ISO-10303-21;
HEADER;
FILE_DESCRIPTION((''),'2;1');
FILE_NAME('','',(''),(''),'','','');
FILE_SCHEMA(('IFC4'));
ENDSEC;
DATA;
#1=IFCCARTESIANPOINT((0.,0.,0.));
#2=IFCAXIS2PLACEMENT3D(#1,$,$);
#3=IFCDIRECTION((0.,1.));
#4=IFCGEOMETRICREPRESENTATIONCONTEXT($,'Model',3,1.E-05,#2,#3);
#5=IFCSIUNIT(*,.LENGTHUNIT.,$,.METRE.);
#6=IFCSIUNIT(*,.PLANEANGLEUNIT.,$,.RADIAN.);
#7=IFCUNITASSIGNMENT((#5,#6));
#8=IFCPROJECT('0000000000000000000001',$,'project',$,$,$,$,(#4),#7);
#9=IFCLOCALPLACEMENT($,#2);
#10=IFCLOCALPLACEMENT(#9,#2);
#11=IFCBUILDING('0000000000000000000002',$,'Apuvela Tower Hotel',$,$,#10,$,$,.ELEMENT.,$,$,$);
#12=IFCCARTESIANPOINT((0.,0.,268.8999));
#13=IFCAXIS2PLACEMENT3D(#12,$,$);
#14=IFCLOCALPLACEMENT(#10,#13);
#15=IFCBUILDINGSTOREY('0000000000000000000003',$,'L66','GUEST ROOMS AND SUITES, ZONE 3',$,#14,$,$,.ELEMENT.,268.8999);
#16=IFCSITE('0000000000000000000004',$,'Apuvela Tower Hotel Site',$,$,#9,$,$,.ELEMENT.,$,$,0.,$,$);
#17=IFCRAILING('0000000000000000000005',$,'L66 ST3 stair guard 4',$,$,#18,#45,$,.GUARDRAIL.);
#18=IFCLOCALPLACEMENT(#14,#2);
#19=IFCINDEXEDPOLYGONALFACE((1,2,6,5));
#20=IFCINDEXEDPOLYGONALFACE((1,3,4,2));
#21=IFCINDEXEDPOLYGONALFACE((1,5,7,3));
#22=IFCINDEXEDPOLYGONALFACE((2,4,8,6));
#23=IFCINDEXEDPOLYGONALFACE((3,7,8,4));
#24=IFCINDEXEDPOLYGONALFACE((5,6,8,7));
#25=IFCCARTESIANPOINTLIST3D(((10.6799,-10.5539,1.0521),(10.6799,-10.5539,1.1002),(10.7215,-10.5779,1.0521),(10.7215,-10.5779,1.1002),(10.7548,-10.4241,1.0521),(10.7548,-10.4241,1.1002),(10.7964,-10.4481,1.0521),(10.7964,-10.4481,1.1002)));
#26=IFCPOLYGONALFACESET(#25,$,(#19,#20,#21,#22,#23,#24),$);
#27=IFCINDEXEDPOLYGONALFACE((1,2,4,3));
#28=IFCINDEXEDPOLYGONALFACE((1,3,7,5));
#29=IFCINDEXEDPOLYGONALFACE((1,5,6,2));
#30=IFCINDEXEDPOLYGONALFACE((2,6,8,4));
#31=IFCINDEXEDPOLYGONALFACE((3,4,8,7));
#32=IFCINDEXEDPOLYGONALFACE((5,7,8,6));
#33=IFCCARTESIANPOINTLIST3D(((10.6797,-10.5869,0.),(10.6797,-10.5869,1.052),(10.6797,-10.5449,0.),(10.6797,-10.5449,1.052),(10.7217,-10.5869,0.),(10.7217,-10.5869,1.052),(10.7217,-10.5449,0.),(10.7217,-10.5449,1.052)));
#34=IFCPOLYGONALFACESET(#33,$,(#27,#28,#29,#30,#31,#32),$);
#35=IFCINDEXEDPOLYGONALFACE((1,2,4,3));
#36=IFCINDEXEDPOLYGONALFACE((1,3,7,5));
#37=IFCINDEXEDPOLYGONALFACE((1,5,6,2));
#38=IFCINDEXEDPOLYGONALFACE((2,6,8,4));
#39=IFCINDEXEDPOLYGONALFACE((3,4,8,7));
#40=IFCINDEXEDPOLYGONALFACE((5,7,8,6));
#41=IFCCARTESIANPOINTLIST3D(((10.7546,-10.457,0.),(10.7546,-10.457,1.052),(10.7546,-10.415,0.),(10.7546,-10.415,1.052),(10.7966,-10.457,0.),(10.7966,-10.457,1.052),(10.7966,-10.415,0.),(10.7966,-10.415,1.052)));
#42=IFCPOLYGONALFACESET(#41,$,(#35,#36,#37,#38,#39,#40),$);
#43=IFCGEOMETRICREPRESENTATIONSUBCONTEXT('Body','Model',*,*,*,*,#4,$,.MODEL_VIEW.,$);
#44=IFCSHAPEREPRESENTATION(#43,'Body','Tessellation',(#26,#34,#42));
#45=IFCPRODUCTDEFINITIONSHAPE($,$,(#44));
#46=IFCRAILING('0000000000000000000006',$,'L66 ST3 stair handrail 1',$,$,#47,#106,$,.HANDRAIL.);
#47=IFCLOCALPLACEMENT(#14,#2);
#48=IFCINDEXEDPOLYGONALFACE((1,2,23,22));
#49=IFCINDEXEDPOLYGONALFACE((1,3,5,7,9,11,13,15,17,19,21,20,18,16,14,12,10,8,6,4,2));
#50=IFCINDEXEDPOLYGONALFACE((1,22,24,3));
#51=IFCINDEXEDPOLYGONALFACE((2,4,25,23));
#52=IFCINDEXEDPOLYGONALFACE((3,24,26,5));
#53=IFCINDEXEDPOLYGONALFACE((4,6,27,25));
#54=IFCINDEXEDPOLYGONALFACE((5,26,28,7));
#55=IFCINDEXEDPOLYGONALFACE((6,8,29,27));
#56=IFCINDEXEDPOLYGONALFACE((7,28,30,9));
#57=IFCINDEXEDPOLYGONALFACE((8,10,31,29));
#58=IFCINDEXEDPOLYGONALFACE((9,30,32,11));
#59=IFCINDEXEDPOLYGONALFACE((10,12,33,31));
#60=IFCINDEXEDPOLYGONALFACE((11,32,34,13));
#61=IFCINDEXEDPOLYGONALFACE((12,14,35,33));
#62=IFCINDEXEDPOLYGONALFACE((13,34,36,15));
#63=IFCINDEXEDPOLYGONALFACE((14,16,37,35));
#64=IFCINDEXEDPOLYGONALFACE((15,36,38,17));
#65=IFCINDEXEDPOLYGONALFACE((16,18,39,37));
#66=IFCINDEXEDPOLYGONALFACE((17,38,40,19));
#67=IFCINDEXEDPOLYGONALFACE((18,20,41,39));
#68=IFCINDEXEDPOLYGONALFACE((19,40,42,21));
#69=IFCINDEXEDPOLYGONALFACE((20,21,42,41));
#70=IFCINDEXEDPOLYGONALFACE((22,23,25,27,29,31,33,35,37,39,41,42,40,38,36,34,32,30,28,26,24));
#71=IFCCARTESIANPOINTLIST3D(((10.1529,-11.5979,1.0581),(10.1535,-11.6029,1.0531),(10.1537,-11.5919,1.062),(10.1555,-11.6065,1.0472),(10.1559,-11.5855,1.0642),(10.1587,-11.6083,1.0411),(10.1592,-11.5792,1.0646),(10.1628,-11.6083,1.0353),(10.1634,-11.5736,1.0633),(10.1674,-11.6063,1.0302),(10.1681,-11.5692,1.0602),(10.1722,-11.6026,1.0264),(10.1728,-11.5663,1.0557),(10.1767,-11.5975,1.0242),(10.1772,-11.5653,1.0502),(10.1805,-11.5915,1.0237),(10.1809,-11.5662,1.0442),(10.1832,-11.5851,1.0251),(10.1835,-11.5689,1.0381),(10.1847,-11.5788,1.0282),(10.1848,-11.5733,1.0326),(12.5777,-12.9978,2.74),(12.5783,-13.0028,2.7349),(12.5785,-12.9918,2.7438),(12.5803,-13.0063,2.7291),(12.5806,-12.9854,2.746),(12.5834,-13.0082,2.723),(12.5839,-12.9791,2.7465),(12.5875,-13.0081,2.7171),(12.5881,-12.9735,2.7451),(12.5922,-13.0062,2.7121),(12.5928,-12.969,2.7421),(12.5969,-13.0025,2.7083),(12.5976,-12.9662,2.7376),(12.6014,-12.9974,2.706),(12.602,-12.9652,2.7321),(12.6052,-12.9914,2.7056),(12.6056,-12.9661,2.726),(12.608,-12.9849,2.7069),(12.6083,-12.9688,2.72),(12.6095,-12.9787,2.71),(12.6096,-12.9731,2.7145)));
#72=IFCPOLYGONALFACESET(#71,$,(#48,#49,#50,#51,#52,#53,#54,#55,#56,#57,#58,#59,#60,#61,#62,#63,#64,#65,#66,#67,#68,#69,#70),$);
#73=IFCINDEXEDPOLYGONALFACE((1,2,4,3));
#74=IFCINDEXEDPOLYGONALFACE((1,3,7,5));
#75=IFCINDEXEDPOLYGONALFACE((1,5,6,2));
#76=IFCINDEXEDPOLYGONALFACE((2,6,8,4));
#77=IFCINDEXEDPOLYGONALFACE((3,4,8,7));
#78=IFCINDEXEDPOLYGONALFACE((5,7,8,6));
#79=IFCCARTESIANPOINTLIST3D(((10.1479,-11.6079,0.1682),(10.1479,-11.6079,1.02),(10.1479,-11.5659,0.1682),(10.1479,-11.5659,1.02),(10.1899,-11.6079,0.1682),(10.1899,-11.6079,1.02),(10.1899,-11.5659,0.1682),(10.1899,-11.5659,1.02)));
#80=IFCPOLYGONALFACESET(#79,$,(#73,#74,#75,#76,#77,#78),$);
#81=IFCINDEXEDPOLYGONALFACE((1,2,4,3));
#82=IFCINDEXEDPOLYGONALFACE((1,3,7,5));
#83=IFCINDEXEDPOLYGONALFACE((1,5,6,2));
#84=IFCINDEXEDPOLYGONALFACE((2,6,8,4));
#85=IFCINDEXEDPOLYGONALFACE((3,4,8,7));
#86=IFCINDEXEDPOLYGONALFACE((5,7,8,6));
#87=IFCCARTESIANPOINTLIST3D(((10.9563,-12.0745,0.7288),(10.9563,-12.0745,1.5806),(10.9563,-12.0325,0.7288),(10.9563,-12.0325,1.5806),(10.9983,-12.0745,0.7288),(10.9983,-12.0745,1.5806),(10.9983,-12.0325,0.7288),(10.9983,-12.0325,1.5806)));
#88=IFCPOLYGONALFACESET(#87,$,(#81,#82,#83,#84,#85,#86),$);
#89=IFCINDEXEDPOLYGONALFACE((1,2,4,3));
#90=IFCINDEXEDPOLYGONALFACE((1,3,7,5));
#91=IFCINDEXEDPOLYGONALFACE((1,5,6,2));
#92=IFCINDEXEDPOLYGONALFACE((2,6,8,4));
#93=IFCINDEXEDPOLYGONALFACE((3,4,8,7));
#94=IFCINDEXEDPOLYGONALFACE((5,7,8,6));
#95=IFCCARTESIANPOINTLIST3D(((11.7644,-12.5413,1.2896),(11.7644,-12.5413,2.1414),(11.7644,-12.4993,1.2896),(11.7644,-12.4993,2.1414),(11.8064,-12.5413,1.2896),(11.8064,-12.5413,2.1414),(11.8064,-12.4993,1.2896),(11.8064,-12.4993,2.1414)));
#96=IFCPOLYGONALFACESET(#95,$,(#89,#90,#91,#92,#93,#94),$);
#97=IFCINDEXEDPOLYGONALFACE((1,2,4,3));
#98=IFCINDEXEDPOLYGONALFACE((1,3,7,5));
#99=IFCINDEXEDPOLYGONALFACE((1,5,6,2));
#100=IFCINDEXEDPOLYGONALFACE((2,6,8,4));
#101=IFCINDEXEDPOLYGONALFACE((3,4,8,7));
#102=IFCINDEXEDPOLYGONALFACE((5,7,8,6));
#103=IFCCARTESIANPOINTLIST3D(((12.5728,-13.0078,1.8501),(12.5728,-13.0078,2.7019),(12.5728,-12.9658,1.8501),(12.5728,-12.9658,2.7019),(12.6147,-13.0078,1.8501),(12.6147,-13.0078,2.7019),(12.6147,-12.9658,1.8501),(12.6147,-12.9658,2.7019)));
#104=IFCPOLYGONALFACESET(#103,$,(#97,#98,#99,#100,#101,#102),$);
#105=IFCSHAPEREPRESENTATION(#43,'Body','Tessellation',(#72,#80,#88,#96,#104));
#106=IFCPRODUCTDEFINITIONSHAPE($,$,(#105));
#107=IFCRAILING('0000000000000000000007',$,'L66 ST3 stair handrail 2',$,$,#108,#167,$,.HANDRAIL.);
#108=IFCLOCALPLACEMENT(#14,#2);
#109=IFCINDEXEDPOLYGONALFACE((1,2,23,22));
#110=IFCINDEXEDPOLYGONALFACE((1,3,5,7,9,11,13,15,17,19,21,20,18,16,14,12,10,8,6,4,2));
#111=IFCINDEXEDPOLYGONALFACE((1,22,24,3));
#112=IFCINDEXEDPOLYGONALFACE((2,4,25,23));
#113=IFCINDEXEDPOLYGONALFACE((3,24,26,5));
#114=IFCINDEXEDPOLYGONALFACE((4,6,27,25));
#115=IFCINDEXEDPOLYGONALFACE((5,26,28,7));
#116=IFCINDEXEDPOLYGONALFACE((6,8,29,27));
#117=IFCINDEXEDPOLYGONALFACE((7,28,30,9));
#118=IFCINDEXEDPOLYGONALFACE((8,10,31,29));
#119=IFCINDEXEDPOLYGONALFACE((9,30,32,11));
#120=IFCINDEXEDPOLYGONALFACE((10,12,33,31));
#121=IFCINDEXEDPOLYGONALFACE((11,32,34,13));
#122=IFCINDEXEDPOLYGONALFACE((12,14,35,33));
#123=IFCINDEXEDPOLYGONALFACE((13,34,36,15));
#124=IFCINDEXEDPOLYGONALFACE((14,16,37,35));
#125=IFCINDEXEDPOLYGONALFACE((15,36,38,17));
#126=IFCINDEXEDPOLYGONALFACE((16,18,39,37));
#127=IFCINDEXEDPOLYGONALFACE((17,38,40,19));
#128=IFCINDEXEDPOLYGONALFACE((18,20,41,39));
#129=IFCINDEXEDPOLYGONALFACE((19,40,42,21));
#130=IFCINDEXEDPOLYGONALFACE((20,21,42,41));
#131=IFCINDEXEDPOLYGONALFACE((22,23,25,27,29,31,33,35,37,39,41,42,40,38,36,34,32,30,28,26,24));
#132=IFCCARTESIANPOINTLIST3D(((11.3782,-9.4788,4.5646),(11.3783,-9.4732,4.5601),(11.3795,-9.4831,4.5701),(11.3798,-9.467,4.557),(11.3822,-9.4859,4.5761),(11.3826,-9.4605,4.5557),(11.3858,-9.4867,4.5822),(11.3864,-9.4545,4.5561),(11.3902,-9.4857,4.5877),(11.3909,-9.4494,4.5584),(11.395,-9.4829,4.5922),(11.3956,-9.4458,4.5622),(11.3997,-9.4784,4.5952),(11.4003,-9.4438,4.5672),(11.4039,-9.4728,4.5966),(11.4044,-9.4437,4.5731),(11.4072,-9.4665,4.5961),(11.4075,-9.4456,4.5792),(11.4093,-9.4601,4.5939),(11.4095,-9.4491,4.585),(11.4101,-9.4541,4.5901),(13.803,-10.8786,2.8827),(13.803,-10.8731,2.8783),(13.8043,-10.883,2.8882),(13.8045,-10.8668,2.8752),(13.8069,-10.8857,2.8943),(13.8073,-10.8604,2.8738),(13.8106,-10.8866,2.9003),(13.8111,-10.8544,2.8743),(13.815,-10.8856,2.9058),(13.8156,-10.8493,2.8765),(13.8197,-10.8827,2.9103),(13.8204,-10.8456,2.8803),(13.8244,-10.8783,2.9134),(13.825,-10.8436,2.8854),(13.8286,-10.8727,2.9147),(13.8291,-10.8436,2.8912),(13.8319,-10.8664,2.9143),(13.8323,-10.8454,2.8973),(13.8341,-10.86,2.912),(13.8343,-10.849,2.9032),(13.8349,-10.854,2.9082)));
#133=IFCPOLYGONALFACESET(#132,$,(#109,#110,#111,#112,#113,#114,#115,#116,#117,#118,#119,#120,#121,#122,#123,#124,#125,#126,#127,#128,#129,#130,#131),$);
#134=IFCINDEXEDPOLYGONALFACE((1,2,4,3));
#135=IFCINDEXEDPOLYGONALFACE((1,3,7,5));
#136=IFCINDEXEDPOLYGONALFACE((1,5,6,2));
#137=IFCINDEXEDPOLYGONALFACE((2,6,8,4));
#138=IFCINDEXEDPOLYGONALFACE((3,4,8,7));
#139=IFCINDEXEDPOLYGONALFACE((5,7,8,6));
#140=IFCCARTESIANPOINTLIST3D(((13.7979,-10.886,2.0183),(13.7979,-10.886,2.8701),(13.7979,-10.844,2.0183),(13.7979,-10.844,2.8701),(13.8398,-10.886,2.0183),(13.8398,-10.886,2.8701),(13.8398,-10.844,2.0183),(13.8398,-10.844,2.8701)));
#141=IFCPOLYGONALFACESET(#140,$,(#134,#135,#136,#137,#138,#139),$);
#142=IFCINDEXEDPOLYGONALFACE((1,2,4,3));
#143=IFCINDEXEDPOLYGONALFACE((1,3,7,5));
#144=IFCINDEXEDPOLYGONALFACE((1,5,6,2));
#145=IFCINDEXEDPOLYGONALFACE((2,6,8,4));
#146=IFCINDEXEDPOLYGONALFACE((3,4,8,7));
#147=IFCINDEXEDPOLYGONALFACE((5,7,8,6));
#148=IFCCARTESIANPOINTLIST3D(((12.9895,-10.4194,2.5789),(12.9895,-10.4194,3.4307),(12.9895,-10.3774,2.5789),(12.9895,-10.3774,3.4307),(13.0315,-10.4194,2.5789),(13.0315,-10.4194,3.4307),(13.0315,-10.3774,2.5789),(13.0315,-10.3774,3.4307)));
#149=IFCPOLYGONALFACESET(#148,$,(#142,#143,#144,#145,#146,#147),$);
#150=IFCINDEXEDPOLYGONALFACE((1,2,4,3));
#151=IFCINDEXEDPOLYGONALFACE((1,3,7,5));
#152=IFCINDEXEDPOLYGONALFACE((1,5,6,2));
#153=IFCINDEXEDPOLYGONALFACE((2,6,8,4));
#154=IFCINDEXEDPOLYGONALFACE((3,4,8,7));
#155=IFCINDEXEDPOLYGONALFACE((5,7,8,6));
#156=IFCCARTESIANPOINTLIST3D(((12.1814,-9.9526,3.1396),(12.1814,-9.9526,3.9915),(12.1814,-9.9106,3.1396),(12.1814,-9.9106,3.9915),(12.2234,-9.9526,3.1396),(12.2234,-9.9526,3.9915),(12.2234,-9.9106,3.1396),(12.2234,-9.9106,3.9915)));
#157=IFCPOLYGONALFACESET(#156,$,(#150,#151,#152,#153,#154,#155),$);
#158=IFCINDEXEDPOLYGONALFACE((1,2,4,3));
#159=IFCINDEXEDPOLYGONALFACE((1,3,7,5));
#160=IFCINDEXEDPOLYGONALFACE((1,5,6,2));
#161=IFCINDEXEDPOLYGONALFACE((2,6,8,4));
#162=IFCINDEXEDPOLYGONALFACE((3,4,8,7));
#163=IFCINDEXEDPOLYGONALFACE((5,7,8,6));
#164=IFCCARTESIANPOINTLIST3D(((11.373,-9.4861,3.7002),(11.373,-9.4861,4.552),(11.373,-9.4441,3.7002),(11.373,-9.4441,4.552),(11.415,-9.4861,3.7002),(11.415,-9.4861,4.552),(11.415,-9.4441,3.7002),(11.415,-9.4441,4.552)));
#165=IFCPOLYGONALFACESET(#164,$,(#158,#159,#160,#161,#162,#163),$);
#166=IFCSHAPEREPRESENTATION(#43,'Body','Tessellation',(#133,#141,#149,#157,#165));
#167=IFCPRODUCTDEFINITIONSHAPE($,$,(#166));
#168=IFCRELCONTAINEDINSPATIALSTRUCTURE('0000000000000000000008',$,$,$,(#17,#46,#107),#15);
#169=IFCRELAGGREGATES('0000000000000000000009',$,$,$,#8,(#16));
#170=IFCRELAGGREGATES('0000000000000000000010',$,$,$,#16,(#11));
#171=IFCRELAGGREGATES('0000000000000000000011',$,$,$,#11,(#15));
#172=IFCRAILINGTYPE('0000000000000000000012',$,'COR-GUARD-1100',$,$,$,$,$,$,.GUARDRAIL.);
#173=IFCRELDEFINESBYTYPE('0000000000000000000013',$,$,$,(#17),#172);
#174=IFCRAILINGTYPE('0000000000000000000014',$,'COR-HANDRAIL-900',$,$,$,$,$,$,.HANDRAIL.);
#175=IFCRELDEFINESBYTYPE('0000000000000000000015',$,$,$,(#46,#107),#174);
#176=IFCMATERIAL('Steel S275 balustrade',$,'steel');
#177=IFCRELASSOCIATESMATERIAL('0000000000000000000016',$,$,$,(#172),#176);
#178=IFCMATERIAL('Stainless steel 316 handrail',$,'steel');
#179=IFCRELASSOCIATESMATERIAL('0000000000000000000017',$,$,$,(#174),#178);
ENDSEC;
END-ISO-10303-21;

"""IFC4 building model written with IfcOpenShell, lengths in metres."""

from ifc_helpers import new_model, si_unit, direction, frame, origin, origin_2d, place, context, subcontext, project, spatial, rectangle, circle, extrude, material, type_object, element, save


model = new_model("IFC4")

# Units and contexts
model_context = context("Model", 3, precision=1e-05, world=origin(), true_north=direction((0.0, 1.0)))
body_context = subcontext(model_context, "Body", "Model", "MODEL_VIEW")
ifc_project = project(units=[si_unit("LENGTHUNIT", "METRE"), si_unit("PLANEANGLEUNIT", "RADIAN")], contexts=[model_context])

# Site, building, storey
site_placement = place(None, origin())
site = spatial("IfcSite", under=ifc_project, at=site_placement, Name="Apuvela Tower Hotel Site", CompositionType="ELEMENT", RefElevation=0.0)
building_placement = place(site_placement, origin())
building = spatial("IfcBuilding", under=site, at=building_placement, Name="Apuvela Tower Hotel", CompositionType="ELEMENT")
storey_placement = place(building_placement, frame((0.0, 0.0, 268.8999)))
storey = spatial("IfcBuildingStorey", under=building, at=storey_placement, Name="L66", Description="GUEST ROOMS AND SUITES, ZONE 3", CompositionType="ELEMENT", Elevation=268.8999)

# Railings
ifc_material_1 = material(Name="Steel S275 balustrade", Category="steel")
railing_type_1 = type_object("IfcRailingType", Name="COR-GUARD-1100", PredefinedType="GUARDRAIL", material=ifc_material_1)
railing_1_placement = place(storey_placement, frame((10.7007, -10.5659, 0.0)))
element("IfcRailing", 1, at=railing_1_placement, inside=storey, type_object=railing_type_1, Name="L66 ST3 stair guard 4", PredefinedType="GUARDRAIL", context=body_context, shape_type="SweptSolid", body=[
    extrude(rectangle(XDim=0.0481, YDim=0.0481, at=origin_2d()), frame((0.0, 0.0, 1.0762), z_axis=(0.499816, 0.866131, 0.0), x_axis=(-0.866131, 0.499816, 0.0)), (0.0, 0.0, 1.0), 0.1499),
    extrude(rectangle(XDim=0.042, YDim=0.042, at=origin_2d()), origin(), (0.0, 0.0, 1.0), 1.052),
    extrude(rectangle(XDim=0.042, YDim=0.042, at=origin_2d()), frame((0.075, 0.1299, 0.0)), (0.0, 0.0, 1.0), 1.052),
])
ifc_material_2 = material(Name="Stainless steel 316 handrail", Category="steel")
railing_type_2 = type_object("IfcRailingType", Name="COR-HANDRAIL-900", PredefinedType="HANDRAIL", material=ifc_material_2)
railing_2_placement = place(storey_placement, frame((10.1689, -11.5869, 0.1682)))
element("IfcRailing", 2, at=railing_2_placement, inside=storey, type_object=railing_type_2, Name="L66 ST3 stair handrail 1", PredefinedType="HANDRAIL", context=body_context, shape_type="SweptSolid", body=[
    extrude(circle(Radius=0.0239, at=origin_2d()), frame((0.0, 0.0, 0.876), z_axis=(0.74239, -0.428601, 0.514934), x_axis=(0.499984, 0.866035, 0.0)), (0.0, 0.0, 1.0), 3.2661),
    extrude(rectangle(XDim=0.042, YDim=0.042, at=origin_2d()), origin(), (0.0, 0.0, 1.0), 0.8518),
    extrude(rectangle(XDim=0.042, YDim=0.042, at=origin_2d()), frame((0.8083, -0.4666, 0.5605)), (0.0, 0.0, 1.0), 0.8518),
    extrude(rectangle(XDim=0.042, YDim=0.042, at=origin_2d()), frame((1.6165, -0.9333, 1.1213)), (0.0, 0.0, 1.0), 0.8518),
    extrude(rectangle(XDim=0.042, YDim=0.042, at=origin_2d()), frame((2.4248, -1.3999, 1.6819)), (0.0, 0.0, 1.0), 0.8518),
])
railing_3_placement = place(storey_placement, frame((13.8188, -10.865, 2.0183)))
element("IfcRailing", 3, at=railing_3_placement, inside=storey, type_object=railing_type_2, Name="L66 ST3 stair handrail 2", PredefinedType="HANDRAIL", context=body_context, shape_type="SweptSolid", body=[
    extrude(circle(Radius=0.0239, at=origin_2d()), frame((0.0, 0.0, 0.876), z_axis=(-0.74239, 0.428601, 0.514934), x_axis=(-0.499984, -0.866035, 0.0)), (0.0, 0.0, 1.0), 3.2661),
    extrude(rectangle(XDim=0.042, YDim=0.042, at=origin_2d()), origin(), (0.0, 0.0, 1.0), 0.8518),
    extrude(rectangle(XDim=0.042, YDim=0.042, at=origin_2d()), frame((-0.8083, 0.4666, 0.5605)), (0.0, 0.0, 1.0), 0.8518),
    extrude(rectangle(XDim=0.042, YDim=0.042, at=origin_2d()), frame((-1.6165, 0.9333, 1.1213)), (0.0, 0.0, 1.0), 0.8518),
    extrude(rectangle(XDim=0.042, YDim=0.042, at=origin_2d()), frame((-2.4248, 1.3999, 1.6819)), (0.0, 0.0, 1.0), 0.8518),
])

save(model, "model.ifc")
